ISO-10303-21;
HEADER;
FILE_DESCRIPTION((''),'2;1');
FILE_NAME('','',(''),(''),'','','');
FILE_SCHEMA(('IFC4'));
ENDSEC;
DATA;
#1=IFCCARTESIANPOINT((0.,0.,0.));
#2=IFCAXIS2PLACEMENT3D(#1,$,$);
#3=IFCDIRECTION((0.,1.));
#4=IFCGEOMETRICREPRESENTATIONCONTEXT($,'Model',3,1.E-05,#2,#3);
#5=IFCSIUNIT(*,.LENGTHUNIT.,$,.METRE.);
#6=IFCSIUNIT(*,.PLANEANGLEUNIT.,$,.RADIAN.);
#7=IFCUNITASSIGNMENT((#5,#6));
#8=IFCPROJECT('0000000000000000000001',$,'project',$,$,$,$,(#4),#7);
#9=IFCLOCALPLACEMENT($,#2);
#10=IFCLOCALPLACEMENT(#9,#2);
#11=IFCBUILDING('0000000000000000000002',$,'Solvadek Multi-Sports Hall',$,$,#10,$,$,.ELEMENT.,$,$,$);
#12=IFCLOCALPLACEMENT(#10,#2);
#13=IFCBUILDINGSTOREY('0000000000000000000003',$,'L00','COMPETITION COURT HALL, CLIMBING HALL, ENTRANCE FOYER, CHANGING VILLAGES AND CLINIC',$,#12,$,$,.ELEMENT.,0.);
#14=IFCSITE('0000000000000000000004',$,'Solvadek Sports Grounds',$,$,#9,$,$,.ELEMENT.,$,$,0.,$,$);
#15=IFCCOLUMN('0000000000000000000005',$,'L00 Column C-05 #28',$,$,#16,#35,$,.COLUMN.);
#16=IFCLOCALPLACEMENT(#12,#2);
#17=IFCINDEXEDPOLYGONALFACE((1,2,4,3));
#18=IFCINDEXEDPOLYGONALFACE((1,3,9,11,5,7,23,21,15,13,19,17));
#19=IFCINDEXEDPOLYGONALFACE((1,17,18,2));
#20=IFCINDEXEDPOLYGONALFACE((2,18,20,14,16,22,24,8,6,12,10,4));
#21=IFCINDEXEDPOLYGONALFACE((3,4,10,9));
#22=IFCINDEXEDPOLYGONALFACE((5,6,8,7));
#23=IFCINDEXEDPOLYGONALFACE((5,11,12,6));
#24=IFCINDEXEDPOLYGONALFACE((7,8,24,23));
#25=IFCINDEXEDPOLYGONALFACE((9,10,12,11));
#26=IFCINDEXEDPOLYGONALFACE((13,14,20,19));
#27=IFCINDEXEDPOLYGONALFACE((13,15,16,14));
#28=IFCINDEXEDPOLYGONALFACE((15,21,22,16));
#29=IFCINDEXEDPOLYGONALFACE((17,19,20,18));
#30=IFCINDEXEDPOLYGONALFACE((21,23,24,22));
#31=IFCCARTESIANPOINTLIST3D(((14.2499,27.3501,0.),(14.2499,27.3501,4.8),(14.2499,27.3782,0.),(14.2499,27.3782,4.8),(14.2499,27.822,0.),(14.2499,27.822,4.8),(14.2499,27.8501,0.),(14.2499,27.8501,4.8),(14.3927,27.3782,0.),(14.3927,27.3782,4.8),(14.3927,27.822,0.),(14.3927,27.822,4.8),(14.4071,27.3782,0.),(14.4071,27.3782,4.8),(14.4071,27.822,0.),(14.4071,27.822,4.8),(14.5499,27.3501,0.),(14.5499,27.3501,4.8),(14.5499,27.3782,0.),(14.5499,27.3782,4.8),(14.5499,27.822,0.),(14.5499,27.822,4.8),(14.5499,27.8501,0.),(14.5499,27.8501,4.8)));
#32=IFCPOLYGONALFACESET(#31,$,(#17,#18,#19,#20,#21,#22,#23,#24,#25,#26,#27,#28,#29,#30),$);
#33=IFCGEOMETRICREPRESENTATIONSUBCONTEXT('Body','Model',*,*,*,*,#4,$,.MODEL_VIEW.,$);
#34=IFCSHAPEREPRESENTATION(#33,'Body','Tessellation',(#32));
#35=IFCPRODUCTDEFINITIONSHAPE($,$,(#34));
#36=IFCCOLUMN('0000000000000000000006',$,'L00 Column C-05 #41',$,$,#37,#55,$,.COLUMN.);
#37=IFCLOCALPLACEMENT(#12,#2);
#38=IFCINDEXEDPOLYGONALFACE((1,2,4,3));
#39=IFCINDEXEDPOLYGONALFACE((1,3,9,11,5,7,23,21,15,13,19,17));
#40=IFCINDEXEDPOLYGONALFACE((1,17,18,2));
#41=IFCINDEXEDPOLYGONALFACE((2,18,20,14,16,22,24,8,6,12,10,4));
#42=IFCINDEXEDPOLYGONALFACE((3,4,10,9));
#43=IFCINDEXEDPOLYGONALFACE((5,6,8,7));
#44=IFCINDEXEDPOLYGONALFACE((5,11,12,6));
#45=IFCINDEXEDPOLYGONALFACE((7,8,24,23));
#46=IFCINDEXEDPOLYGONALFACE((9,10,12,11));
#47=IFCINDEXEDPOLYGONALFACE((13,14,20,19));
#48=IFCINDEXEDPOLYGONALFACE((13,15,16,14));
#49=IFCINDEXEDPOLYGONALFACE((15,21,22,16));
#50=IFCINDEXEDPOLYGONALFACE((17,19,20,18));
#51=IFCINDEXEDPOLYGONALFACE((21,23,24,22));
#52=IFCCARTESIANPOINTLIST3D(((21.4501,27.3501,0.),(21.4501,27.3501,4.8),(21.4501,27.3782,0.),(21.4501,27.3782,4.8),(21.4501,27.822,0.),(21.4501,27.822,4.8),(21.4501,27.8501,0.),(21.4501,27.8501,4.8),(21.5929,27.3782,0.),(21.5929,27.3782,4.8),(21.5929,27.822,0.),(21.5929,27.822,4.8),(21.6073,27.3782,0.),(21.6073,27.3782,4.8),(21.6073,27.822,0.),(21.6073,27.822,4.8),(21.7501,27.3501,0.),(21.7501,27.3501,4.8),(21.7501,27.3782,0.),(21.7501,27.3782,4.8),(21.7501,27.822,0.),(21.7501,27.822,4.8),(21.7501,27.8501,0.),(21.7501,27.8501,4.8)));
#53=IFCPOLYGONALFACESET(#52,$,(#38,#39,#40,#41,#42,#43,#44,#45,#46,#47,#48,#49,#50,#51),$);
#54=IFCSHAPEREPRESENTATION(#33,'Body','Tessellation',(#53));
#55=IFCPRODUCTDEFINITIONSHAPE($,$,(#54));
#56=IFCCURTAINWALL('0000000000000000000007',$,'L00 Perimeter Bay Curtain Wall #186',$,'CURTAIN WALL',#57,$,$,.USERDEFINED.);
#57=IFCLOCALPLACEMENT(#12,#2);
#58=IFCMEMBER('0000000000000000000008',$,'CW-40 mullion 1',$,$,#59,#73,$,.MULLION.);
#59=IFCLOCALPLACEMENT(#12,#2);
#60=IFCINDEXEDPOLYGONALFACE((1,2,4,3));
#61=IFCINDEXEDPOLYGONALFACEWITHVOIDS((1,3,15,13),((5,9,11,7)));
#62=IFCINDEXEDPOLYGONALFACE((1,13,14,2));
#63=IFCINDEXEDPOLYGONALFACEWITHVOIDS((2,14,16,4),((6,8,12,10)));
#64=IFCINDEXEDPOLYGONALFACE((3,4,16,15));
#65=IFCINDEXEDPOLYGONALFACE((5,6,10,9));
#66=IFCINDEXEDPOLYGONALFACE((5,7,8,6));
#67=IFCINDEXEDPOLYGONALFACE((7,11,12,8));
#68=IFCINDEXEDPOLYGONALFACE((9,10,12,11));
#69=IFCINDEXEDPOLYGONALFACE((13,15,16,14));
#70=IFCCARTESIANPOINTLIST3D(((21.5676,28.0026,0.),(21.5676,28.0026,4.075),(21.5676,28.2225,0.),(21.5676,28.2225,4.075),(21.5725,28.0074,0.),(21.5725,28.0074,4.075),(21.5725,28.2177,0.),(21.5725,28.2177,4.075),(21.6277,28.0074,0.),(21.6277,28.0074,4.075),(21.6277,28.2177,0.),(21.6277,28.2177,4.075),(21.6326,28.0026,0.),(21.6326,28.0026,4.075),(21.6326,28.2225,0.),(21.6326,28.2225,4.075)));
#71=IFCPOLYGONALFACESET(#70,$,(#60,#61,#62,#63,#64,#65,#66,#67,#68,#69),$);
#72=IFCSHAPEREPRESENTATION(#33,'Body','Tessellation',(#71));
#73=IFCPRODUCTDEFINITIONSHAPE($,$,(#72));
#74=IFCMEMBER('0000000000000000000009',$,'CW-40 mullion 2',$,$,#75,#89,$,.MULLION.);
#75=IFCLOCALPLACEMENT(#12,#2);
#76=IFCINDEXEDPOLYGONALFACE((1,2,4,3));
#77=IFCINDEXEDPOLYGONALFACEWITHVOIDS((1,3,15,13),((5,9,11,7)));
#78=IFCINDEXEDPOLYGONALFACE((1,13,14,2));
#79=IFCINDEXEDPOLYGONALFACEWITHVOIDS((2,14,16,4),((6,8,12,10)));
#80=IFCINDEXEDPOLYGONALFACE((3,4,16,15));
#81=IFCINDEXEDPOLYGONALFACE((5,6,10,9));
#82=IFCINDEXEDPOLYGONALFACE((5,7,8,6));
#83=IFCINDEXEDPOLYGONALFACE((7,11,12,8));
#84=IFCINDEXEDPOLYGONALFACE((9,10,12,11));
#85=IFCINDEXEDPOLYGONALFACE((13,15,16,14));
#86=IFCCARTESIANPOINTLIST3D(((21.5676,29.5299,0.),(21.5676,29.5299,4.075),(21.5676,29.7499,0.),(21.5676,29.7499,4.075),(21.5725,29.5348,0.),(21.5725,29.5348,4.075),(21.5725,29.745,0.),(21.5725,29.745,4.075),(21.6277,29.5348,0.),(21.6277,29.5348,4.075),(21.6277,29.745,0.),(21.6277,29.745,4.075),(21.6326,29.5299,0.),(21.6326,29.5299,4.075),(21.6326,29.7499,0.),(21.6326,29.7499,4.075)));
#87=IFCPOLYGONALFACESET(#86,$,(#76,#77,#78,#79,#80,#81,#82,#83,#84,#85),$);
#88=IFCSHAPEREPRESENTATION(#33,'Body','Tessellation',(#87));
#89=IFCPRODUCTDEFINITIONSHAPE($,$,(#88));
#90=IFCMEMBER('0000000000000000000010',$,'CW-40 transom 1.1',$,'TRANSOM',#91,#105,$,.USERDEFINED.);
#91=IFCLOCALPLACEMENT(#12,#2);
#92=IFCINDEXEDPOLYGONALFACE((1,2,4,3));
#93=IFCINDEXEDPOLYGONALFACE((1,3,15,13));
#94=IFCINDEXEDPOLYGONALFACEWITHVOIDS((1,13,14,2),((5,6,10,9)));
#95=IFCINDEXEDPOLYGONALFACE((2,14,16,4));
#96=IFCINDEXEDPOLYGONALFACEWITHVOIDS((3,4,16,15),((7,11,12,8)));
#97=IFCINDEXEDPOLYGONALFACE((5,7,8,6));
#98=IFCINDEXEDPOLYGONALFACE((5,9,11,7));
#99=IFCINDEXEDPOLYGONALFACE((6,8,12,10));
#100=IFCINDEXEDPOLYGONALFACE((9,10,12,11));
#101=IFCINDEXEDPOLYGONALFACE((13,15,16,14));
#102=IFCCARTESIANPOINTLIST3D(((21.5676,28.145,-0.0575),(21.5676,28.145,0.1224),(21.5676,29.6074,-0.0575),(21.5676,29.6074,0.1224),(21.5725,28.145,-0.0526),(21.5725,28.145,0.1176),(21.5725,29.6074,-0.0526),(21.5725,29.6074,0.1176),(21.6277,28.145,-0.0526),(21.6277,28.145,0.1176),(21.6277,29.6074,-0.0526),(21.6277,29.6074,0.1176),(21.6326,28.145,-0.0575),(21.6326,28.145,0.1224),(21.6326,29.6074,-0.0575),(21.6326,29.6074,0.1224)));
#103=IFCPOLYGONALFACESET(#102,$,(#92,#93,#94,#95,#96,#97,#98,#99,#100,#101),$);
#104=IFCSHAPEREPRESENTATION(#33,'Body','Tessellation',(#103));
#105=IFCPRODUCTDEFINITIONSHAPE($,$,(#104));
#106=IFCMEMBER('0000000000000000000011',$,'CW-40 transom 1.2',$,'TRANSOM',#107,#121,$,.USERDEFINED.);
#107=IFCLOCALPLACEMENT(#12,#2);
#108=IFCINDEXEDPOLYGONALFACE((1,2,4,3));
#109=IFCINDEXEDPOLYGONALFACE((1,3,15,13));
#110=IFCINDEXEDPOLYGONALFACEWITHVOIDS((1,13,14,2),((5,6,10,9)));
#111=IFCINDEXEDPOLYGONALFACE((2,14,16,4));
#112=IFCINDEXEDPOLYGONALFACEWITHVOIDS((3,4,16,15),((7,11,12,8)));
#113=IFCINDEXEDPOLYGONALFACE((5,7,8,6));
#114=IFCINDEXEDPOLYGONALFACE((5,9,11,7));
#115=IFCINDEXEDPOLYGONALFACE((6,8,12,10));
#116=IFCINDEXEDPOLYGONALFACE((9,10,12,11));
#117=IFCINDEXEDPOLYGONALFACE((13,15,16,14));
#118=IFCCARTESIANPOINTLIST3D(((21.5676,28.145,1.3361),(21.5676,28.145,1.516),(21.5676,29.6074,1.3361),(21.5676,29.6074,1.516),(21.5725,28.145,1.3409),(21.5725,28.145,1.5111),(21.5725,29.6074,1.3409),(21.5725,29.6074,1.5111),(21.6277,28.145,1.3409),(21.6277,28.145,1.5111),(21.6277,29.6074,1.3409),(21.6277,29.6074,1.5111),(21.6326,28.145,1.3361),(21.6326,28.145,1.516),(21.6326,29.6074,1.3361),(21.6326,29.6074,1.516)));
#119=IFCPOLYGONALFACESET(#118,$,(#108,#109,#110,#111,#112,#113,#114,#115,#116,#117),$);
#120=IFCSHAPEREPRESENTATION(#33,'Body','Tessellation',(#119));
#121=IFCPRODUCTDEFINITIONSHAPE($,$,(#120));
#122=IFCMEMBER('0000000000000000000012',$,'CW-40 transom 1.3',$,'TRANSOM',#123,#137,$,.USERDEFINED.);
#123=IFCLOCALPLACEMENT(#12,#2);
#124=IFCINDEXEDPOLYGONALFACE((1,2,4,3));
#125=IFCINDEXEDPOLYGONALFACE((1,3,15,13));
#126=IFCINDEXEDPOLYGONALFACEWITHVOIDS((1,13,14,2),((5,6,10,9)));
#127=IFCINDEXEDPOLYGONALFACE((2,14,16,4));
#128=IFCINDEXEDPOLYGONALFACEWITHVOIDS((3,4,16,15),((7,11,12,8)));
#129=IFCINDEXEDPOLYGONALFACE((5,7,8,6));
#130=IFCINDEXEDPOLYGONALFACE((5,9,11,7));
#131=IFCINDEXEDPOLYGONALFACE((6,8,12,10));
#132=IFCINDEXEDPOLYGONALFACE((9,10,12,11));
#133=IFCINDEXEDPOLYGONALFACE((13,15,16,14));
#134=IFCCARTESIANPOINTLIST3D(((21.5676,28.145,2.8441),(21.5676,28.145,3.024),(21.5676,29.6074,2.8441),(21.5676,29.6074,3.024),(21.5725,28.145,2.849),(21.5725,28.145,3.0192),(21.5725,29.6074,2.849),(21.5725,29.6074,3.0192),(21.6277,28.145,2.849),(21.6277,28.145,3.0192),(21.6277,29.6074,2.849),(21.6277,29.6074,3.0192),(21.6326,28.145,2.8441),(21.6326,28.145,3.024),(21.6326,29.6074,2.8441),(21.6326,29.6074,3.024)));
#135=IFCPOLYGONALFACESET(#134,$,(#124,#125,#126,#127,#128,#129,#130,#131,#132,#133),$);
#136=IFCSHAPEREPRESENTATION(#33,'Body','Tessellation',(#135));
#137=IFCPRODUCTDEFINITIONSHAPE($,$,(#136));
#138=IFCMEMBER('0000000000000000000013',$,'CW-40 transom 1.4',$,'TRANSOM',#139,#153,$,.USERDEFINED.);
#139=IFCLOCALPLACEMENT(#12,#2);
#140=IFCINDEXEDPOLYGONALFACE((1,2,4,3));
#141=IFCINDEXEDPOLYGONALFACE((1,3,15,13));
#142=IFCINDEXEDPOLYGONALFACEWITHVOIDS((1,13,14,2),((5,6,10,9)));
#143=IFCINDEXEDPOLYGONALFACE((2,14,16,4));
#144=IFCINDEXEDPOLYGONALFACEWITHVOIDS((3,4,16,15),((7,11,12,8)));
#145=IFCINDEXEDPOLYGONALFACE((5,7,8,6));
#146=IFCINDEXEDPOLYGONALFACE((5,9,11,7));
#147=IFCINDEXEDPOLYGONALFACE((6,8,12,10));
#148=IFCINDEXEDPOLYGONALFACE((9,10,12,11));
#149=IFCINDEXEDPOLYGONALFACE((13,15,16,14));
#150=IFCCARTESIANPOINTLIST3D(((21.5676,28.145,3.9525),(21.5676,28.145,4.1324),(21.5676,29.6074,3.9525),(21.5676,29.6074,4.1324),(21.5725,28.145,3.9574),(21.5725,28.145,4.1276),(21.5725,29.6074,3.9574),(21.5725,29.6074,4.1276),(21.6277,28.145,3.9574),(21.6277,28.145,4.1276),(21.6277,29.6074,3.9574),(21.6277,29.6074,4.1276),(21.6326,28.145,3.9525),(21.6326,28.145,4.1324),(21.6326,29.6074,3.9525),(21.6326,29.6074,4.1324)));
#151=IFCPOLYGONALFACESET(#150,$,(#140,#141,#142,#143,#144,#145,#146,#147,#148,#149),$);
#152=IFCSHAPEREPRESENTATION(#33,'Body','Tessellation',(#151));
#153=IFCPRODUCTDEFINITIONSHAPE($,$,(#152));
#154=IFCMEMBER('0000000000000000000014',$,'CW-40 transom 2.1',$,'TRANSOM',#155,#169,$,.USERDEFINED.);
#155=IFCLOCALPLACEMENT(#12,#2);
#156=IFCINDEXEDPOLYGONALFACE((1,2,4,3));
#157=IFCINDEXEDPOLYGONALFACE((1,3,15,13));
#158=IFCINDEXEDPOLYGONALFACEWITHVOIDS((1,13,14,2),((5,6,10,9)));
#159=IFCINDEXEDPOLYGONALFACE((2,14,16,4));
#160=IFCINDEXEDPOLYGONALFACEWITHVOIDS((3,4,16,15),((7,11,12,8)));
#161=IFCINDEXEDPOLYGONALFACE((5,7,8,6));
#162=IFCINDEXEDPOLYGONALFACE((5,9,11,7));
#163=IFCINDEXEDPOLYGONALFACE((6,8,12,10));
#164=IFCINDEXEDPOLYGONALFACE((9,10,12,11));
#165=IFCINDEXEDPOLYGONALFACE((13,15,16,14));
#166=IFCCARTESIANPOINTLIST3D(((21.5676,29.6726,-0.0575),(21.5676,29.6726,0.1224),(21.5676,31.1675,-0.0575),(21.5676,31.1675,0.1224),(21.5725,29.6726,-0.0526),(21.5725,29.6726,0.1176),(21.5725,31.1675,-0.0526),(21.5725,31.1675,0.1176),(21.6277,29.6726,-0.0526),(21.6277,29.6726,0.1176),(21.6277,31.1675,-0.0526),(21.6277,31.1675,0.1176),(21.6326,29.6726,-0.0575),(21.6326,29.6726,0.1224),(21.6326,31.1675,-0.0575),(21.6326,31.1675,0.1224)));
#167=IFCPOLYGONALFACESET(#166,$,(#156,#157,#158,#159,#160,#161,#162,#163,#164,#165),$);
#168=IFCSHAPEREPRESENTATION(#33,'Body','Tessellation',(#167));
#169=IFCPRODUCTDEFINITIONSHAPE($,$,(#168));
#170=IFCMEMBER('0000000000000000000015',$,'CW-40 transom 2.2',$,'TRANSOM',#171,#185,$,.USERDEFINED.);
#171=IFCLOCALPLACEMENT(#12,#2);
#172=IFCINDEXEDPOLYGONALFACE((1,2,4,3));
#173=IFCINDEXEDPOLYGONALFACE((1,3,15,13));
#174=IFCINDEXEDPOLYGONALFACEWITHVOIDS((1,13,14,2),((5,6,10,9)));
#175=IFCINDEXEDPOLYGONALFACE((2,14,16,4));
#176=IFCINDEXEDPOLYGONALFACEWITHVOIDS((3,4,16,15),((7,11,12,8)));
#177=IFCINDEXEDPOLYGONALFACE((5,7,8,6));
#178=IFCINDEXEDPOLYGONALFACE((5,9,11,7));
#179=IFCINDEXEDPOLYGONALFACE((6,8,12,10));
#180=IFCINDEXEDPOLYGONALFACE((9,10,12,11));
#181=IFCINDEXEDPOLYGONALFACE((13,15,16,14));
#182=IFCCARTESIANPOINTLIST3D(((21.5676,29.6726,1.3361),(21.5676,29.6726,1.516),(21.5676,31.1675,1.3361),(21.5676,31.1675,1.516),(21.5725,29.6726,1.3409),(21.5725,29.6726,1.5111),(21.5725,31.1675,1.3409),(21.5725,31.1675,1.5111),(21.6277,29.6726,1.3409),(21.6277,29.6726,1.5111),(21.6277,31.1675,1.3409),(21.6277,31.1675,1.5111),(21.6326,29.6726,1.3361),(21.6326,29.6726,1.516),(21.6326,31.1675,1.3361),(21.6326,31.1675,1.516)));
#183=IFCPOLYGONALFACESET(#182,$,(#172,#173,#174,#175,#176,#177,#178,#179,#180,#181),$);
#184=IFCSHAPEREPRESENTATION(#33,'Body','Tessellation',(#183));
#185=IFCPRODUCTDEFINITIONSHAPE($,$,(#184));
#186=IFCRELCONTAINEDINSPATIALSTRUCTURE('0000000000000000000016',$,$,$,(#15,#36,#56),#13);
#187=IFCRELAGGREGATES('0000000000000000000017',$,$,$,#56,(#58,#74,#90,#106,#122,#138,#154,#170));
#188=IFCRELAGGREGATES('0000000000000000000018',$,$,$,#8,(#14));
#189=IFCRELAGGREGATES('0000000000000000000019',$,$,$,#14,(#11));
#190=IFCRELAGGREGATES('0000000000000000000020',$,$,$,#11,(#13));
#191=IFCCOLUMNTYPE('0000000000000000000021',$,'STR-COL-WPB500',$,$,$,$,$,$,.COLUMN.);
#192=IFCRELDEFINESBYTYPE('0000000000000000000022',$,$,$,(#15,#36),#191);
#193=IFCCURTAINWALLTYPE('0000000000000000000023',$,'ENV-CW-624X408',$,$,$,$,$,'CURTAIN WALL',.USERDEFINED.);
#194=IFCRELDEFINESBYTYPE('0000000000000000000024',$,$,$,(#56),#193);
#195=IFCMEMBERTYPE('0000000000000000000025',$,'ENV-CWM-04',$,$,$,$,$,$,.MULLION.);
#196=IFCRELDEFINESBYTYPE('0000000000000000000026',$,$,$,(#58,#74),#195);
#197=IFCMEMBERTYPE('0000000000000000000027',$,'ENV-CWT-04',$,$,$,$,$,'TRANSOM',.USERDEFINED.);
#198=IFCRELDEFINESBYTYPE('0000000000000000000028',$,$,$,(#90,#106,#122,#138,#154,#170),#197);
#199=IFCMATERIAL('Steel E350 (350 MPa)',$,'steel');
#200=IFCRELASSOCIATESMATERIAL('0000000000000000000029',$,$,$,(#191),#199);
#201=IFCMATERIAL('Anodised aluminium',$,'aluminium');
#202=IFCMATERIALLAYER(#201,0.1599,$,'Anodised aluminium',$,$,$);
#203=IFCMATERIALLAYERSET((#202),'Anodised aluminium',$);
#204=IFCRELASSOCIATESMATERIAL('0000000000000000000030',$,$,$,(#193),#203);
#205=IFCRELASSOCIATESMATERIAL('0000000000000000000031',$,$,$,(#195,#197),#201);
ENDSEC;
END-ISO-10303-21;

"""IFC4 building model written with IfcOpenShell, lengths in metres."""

from ifc_helpers import new_model, si_unit, direction, frame, origin, origin_2d, place, context, subcontext, project, spatial, hollow_rectangle, i_section, extrude, material, layer, layer_set, material_profile, profile_set, type_object, element, aggregate, save


model = new_model("IFC4")

# Units and contexts
model_context = context("Model", 3, precision=1e-05, world=origin(), true_north=direction((0.0, 1.0)))
body_context = subcontext(model_context, "Body", "Model", "MODEL_VIEW")
ifc_project = project(units=[si_unit("LENGTHUNIT", "METRE"), si_unit("PLANEANGLEUNIT", "RADIAN")], contexts=[model_context])

# Site, building, storey
site_placement = place(None, origin())
site = spatial("IfcSite", under=ifc_project, at=site_placement, Name="Solvadek Sports Grounds", CompositionType="ELEMENT", RefElevation=0.0)
building_placement = place(site_placement, origin())
building = spatial("IfcBuilding", under=site, at=building_placement, Name="Solvadek Multi-Sports Hall", CompositionType="ELEMENT")
storey_placement = place(building_placement, origin())
storey = spatial("IfcBuildingStorey", under=building, at=storey_placement, Name="L00", Description="COMPETITION COURT HALL, CLIMBING HALL, ENTRANCE FOYER, CHANGING VILLAGES AND CLINIC", CompositionType="ELEMENT", Elevation=0.0)

# Columns
ifc_material_1 = material(Name="Steel E350 (350 MPa)", Category="steel")
ifc_material_profile_1 = material_profile(ifc_material_1, i_section(OverallWidth=0.3, OverallDepth=0.5, WebThickness=0.0144, FlangeThickness=0.0281, at=origin_2d()), Name="WPB 500")
ifc_profile_set_1 = profile_set([ifc_material_profile_1], Name="Steel E350 (350 MPa)")
column_type = type_object("IfcColumnType", Name="STR-COL-WPB500", PredefinedType="COLUMN", material=ifc_profile_set_1)
for number, where, z_axis, x_axis, name in (
    (1, (14.3999, 27.6001, 0.0), (0.0, 0.0, 1.0), (1.0, 0.0, 0.0), "L00 Column C-05 #28"),
    (2, (21.6001, 27.6001, 0.0), (0.0, 0.0, 1.0), (1.0, 0.0, 0.0), "L00 Column C-05 #41"),
):
    element("IfcColumn", number, at=place(storey_placement, frame(where, z_axis=z_axis, x_axis=x_axis)), inside=storey, type_object=column_type, Name=name, PredefinedType="COLUMN", context=body_context, shape_type="SweptSolid", body=[
        extrude(i_section(OverallWidth=0.3, OverallDepth=0.5, WebThickness=0.0144, FlangeThickness=0.0281, at=origin_2d()), origin(), (0.0, 0.0, 1.0), 4.8),
    ])

# Curtain wall, members
ifc_material_2 = material(Name="Anodised aluminium", Category="aluminium")
ifc_layer_1 = layer(ifc_material_2, 0.1599, Name="Anodised aluminium")
ifc_layer_set_1 = layer_set([ifc_layer_1], Name="Anodised aluminium")
curtain_wall_type = type_object("IfcCurtainWallType", Name="ENV-CW-624X408", ElementType="CURTAIN WALL", PredefinedType="USERDEFINED", material=ifc_layer_set_1)
curtain_wall_placement = place(storey_placement, origin())
curtain_wall = element("IfcCurtainWall", 3, at=curtain_wall_placement, inside=storey, type_object=curtain_wall_type, Name="L00 Perimeter Bay Curtain Wall #186", ObjectType="CURTAIN WALL", PredefinedType="USERDEFINED")
ifc_material_profile_2 = material_profile(ifc_material_2, hollow_rectangle(XDim=0.0649, YDim=0.22, WallThickness=0.0049, at=origin_2d()), Name="ALU-M 220x65x5")
ifc_profile_set_2 = profile_set([ifc_material_profile_2], Name="Anodised aluminium")
member_type_1 = type_object("IfcMemberType", Name="ENV-CWM-04", PredefinedType="MULLION", material=ifc_profile_set_2)
member_1_placement = place(storey_placement, frame((21.6001, 28.1125, 0.0), z_axis=(0.0, 0.0, 1.0), x_axis=(-1.0, 0.0, 0.0)))
member_1 = element("IfcMember", 4, at=member_1_placement, type_object=member_type_1, Name="CW-40 mullion 1", PredefinedType="MULLION", context=body_context, shape_type="SweptSolid", body=[
    extrude(hollow_rectangle(XDim=0.0649, YDim=0.22, WallThickness=0.0049, at=origin_2d()), origin(), (0.0, 0.0, 1.0), 4.075),
])
member_2_placement = place(storey_placement, frame((21.6001, 29.6399, 0.0), z_axis=(0.0, 0.0, 1.0), x_axis=(-1.0, 0.0, 0.0)))
member_2 = element("IfcMember", 5, at=member_2_placement, type_object=member_type_1, Name="CW-40 mullion 2", PredefinedType="MULLION", context=body_context, shape_type="SweptSolid", body=[
    extrude(hollow_rectangle(XDim=0.0649, YDim=0.22, WallThickness=0.0049, at=origin_2d()), origin(), (0.0, 0.0, 1.0), 4.075),
])
ifc_material_profile_3 = material_profile(ifc_material_2, hollow_rectangle(XDim=0.0649, YDim=0.1799, WallThickness=0.0049, at=origin_2d()), Name="ALU-T 180x65x5")
ifc_profile_set_3 = profile_set([ifc_material_profile_3], Name="Anodised aluminium")
member_type_2 = type_object("IfcMemberType", Name="ENV-CWT-04", ElementType="TRANSOM", PredefinedType="USERDEFINED", material=ifc_profile_set_3)
member_3_placement = place(storey_placement, frame((21.6001, 28.145, 0.0325), z_axis=(0.0, 1.0, 0.0), x_axis=(-1.0, 0.0, 0.0)))
member_3 = element("IfcMember", 6, at=member_3_placement, type_object=member_type_2, Name="CW-40 transom 1.1", ObjectType="TRANSOM", PredefinedType="USERDEFINED", context=body_context, shape_type="SweptSolid", body=[
    extrude(hollow_rectangle(XDim=0.0649, YDim=0.1799, WallThickness=0.0049, at=origin_2d()), origin(), (0.0, 0.0, 1.0), 1.4624),
])
member_4_placement = place(storey_placement, frame((21.6001, 28.145, 1.426), z_axis=(0.0, 1.0, 0.0), x_axis=(-1.0, 0.0, 0.0)))
member_4 = element("IfcMember", 7, at=member_4_placement, type_object=member_type_2, Name="CW-40 transom 1.2", ObjectType="TRANSOM", PredefinedType="USERDEFINED", context=body_context, shape_type="SweptSolid", body=[
    extrude(hollow_rectangle(XDim=0.0649, YDim=0.1799, WallThickness=0.0049, at=origin_2d()), origin(), (0.0, 0.0, 1.0), 1.4624),
])
member_5_placement = place(storey_placement, frame((21.6001, 28.145, 2.9341), z_axis=(0.0, 1.0, 0.0), x_axis=(-1.0, 0.0, 0.0)))
member_5 = element("IfcMember", 8, at=member_5_placement, type_object=member_type_2, Name="CW-40 transom 1.3", ObjectType="TRANSOM", PredefinedType="USERDEFINED", context=body_context, shape_type="SweptSolid", body=[
    extrude(hollow_rectangle(XDim=0.0649, YDim=0.1799, WallThickness=0.0049, at=origin_2d()), origin(), (0.0, 0.0, 1.0), 1.4624),
])
member_6_placement = place(storey_placement, frame((21.6001, 28.145, 4.0425), z_axis=(0.0, 1.0, 0.0), x_axis=(-1.0, 0.0, 0.0)))
member_6 = element("IfcMember", 9, at=member_6_placement, type_object=member_type_2, Name="CW-40 transom 1.4", ObjectType="TRANSOM", PredefinedType="USERDEFINED", context=body_context, shape_type="SweptSolid", body=[
    extrude(hollow_rectangle(XDim=0.0649, YDim=0.1799, WallThickness=0.0049, at=origin_2d()), origin(), (0.0, 0.0, 1.0), 1.4624),
])
member_7_placement = place(storey_placement, frame((21.6001, 29.6726, 0.0325), z_axis=(0.0, 1.0, 0.0), x_axis=(-1.0, 0.0, 0.0)))
member_7 = element("IfcMember", 10, at=member_7_placement, type_object=member_type_2, Name="CW-40 transom 2.1", ObjectType="TRANSOM", PredefinedType="USERDEFINED", context=body_context, shape_type="SweptSolid", body=[
    extrude(hollow_rectangle(XDim=0.0649, YDim=0.1799, WallThickness=0.0049, at=origin_2d()), origin(), (0.0, 0.0, 1.0), 1.4949),
])
member_8_placement = place(storey_placement, frame((21.6001, 29.6726, 1.426), z_axis=(0.0, 1.0, 0.0), x_axis=(-1.0, 0.0, 0.0)))
member_8 = element("IfcMember", 11, at=member_8_placement, type_object=member_type_2, Name="CW-40 transom 2.2", ObjectType="TRANSOM", PredefinedType="USERDEFINED", context=body_context, shape_type="SweptSolid", body=[
    extrude(hollow_rectangle(XDim=0.0649, YDim=0.1799, WallThickness=0.0049, at=origin_2d()), origin(), (0.0, 0.0, 1.0), 1.4949),
])

aggregate(curtain_wall, [member_1, member_2, member_3, member_4, member_5, member_6, member_7, member_8])

save(model, "model.ifc")
